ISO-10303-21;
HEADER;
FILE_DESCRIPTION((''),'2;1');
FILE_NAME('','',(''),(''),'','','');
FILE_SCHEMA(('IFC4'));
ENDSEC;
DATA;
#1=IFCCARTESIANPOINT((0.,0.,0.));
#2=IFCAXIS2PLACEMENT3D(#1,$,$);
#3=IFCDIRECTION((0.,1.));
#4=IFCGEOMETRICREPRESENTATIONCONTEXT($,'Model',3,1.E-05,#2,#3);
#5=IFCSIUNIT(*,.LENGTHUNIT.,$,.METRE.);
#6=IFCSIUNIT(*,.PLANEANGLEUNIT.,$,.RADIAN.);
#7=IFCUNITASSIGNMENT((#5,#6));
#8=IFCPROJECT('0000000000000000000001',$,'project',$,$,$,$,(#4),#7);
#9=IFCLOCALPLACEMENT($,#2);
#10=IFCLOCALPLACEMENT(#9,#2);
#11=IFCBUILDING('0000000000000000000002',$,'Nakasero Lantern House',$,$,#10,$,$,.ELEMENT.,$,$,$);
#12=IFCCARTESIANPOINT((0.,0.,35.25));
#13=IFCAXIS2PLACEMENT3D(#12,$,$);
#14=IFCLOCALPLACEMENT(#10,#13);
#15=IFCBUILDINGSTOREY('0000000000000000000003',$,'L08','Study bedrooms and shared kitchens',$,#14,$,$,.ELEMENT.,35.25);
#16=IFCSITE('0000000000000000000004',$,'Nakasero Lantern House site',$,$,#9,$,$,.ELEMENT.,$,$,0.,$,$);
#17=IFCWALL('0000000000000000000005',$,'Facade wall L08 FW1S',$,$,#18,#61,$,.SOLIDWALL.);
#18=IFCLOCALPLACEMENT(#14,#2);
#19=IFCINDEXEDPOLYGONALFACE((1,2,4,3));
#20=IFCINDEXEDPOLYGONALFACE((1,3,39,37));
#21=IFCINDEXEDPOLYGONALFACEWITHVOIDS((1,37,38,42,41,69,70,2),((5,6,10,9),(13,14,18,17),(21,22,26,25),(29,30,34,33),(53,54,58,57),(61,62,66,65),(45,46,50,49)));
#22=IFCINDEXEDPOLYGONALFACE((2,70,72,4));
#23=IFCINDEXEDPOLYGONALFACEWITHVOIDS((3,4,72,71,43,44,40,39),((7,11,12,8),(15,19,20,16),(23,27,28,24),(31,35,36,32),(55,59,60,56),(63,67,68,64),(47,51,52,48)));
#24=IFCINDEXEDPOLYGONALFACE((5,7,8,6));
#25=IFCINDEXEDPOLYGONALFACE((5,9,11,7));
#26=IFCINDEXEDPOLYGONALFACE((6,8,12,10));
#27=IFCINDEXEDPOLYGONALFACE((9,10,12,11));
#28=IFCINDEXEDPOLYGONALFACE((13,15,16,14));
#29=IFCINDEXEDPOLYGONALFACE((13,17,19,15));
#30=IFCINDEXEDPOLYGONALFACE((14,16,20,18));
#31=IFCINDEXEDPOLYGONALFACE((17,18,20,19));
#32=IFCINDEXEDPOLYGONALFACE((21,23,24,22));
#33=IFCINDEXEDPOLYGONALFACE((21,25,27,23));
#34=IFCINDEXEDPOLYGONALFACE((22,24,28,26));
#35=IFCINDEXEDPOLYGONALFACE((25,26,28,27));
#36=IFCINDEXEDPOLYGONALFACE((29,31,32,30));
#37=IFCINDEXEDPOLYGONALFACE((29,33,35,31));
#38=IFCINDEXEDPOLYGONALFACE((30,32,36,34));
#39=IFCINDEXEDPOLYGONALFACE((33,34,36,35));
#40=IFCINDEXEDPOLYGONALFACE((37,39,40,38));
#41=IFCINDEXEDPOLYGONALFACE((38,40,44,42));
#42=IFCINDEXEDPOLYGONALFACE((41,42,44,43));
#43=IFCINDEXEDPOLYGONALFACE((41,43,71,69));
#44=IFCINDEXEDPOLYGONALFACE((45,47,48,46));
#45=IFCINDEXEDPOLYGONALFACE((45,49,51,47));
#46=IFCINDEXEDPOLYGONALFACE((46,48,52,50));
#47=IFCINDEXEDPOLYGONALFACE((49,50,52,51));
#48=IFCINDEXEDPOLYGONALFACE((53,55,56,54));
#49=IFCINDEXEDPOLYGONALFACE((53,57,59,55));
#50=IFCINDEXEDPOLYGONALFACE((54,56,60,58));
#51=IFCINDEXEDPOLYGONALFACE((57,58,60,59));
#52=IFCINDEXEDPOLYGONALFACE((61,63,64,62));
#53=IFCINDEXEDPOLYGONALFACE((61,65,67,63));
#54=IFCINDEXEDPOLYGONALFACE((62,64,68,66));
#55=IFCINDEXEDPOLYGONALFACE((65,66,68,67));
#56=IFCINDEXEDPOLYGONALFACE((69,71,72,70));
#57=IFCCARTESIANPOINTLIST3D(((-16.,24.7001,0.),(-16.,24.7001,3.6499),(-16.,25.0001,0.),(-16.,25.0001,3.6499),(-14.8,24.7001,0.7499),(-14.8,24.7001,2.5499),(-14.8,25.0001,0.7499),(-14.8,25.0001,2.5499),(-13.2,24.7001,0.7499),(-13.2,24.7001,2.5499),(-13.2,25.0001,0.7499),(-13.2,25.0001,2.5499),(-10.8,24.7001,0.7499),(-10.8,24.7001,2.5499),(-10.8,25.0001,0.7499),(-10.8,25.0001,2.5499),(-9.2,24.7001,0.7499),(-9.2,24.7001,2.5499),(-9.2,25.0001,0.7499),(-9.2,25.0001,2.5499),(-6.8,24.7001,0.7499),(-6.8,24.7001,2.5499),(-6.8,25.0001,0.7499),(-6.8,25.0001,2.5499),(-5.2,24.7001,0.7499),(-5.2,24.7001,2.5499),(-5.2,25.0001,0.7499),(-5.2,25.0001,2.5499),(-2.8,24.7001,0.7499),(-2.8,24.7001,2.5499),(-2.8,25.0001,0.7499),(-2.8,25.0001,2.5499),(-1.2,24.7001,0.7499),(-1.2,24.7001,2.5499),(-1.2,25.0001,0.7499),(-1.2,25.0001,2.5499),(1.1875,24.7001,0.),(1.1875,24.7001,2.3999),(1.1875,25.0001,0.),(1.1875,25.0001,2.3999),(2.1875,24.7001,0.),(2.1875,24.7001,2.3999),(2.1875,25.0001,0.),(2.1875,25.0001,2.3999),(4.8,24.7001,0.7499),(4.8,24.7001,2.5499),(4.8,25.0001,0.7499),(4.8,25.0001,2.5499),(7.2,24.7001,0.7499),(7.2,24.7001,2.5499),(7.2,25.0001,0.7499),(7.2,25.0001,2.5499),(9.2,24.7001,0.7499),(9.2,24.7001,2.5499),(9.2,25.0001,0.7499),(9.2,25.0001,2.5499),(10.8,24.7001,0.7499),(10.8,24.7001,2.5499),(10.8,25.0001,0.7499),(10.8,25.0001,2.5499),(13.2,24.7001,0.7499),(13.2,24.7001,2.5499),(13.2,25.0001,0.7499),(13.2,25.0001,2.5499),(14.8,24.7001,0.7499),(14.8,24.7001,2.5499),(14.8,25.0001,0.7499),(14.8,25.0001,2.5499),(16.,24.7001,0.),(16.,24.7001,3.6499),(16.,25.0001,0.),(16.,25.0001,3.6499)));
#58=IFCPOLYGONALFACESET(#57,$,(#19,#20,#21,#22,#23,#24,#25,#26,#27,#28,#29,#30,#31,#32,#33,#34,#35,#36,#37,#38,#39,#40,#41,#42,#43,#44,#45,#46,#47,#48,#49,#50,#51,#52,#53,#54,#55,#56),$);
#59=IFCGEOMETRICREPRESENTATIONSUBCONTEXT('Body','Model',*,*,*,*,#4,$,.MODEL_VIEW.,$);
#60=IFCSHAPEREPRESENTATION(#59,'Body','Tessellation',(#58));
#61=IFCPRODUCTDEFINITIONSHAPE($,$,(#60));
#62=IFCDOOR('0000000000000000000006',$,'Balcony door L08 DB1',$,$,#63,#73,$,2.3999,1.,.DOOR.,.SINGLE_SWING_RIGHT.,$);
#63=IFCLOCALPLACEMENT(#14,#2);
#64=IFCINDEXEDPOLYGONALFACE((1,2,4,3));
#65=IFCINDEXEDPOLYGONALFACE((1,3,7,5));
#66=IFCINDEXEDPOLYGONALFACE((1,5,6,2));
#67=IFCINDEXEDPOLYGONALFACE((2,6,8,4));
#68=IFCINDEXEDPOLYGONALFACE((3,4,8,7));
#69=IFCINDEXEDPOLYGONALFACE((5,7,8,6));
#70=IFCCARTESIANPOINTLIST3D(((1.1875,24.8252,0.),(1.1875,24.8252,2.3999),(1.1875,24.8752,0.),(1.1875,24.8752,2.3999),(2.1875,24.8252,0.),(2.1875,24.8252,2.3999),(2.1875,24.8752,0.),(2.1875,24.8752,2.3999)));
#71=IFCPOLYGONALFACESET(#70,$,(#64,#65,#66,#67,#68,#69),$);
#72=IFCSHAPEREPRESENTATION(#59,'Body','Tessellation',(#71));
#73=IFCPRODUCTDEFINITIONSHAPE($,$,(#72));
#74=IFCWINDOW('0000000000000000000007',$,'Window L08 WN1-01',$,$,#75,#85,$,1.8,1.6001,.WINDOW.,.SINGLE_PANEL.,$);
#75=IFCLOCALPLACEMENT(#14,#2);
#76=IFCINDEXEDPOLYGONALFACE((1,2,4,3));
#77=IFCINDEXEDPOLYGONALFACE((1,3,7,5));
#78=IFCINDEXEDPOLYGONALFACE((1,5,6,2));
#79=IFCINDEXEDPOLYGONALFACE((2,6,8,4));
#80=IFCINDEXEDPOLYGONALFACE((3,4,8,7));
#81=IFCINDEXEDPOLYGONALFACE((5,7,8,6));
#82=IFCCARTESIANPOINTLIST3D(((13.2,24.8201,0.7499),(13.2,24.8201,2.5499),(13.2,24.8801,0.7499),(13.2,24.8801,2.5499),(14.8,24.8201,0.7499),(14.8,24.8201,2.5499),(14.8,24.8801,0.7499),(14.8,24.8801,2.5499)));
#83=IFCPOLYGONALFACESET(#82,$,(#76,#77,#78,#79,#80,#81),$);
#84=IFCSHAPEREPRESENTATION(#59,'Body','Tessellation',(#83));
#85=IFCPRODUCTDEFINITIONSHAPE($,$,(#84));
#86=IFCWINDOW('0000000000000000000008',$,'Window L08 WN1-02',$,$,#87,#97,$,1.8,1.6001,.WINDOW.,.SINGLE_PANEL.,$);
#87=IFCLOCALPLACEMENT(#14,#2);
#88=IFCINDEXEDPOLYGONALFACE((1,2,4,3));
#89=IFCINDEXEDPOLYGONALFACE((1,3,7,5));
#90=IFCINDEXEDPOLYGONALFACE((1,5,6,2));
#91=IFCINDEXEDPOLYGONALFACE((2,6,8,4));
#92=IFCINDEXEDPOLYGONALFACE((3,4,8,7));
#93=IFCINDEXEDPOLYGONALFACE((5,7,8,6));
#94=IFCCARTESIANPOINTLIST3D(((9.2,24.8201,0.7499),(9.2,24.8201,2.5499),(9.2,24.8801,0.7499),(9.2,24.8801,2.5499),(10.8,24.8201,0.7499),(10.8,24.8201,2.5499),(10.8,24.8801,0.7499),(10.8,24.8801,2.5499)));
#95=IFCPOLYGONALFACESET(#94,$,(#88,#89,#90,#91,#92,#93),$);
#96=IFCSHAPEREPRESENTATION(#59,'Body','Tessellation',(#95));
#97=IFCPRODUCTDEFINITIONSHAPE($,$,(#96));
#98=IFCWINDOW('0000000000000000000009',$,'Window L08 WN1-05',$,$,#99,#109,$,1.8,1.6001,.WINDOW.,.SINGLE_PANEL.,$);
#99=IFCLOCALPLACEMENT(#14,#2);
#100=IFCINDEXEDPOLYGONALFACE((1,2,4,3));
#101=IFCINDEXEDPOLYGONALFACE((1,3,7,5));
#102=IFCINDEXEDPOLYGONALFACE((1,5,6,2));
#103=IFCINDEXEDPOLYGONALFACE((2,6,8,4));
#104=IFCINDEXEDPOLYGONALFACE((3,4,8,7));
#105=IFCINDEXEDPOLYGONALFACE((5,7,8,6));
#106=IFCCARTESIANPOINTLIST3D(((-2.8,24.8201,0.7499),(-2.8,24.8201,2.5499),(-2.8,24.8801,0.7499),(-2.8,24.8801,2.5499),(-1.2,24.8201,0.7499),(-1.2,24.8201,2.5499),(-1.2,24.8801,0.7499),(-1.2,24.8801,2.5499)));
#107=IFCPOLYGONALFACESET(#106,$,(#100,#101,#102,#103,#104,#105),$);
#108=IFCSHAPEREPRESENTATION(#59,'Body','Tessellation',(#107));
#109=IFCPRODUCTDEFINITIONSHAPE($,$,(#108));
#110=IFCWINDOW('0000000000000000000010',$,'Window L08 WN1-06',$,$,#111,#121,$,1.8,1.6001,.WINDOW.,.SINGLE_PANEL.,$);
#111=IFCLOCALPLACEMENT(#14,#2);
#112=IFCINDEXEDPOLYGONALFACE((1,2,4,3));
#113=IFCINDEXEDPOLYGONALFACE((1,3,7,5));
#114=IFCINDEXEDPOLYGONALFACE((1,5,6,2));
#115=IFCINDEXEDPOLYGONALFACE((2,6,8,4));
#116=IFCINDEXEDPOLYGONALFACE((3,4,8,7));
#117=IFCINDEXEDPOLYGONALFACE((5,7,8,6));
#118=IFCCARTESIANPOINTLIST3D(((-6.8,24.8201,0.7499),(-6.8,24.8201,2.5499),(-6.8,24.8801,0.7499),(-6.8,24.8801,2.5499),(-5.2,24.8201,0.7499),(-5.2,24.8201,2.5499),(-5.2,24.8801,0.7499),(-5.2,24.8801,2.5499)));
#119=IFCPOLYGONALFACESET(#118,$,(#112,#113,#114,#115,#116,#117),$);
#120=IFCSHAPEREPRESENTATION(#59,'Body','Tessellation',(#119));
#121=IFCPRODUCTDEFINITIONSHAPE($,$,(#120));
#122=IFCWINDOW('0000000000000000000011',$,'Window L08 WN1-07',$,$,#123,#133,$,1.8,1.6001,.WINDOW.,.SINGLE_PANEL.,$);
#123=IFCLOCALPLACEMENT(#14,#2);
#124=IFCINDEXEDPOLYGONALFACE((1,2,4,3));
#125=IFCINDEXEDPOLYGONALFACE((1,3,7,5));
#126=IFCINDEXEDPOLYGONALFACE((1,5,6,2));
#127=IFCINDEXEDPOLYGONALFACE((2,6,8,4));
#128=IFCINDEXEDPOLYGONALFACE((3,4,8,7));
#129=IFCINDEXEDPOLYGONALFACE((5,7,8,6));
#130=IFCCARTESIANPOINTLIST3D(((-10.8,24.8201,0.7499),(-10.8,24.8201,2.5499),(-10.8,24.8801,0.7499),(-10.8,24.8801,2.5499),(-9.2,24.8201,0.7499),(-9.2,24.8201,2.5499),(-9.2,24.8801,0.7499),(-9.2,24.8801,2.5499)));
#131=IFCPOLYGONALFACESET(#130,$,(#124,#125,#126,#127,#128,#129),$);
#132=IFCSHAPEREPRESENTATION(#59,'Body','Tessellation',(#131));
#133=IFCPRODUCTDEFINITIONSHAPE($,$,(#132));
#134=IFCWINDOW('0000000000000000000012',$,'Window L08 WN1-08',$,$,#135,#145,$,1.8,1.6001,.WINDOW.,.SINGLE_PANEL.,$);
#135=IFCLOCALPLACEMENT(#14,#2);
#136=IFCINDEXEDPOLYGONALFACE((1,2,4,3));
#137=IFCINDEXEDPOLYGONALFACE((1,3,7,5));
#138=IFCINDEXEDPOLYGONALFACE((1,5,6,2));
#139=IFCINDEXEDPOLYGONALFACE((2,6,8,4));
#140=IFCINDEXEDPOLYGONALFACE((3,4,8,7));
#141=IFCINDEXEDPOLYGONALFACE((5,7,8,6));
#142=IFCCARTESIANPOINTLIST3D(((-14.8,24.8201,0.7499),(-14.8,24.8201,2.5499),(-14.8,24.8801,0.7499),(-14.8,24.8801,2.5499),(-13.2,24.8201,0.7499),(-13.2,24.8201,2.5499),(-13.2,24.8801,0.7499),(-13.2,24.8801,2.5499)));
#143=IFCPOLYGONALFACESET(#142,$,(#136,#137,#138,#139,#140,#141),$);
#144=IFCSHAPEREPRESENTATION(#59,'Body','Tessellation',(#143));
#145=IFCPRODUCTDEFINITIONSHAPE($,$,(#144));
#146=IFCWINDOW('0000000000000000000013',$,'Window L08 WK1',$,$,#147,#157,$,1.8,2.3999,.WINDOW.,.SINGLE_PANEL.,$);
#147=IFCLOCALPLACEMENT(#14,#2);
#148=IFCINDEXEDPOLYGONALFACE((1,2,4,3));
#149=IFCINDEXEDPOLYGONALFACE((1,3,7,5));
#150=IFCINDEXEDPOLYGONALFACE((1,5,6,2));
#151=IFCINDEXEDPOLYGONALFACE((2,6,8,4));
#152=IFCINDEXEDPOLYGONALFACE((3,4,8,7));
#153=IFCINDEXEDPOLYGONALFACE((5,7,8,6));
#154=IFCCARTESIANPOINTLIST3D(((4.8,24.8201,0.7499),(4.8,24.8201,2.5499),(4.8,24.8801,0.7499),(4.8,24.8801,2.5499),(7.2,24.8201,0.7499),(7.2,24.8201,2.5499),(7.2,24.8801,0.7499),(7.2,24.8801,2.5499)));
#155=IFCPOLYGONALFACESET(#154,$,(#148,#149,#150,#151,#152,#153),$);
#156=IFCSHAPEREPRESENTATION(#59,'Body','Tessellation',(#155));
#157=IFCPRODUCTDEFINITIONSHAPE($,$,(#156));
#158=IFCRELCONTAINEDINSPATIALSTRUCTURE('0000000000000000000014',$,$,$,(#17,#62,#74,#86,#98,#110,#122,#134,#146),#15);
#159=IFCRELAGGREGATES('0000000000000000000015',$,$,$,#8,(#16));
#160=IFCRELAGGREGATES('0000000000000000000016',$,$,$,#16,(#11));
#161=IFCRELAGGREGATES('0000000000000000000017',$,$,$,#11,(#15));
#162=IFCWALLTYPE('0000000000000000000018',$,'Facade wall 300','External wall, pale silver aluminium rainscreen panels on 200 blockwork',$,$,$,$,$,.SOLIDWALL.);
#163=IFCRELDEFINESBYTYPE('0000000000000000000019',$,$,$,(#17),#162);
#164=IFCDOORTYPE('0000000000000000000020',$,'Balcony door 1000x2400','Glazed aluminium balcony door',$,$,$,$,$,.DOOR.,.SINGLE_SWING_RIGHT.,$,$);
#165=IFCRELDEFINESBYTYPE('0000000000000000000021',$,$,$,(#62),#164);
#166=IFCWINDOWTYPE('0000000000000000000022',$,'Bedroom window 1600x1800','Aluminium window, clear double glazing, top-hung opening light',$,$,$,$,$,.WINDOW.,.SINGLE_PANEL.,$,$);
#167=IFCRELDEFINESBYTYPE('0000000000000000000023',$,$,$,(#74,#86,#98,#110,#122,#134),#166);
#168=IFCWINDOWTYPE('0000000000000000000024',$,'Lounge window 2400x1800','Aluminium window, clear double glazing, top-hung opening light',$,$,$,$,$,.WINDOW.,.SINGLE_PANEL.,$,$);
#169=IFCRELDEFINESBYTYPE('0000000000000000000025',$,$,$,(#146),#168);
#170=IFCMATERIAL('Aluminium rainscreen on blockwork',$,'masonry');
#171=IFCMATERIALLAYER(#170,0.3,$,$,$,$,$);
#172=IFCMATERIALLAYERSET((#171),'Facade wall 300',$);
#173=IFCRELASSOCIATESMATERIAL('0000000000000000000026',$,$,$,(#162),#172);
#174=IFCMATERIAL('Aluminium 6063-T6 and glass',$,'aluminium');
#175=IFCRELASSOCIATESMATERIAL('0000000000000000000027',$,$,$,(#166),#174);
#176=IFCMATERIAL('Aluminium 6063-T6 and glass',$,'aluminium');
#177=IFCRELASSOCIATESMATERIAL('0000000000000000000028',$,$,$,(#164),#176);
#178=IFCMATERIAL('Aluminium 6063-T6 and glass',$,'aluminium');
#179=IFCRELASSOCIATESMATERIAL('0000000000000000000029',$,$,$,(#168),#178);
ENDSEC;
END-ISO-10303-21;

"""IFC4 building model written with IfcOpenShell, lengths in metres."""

from ifc_helpers import new_model, si_unit, direction, frame, frame_2d, origin, place, context, subcontext, project, spatial, rectangle, extrude, material, layer, layer_set, type_object, element, fill, save


model = new_model("IFC4")

# Units and contexts
model_context = context("Model", 3, precision=1e-05, world=origin(), true_north=direction((0.0, 1.0)))
body_context = subcontext(model_context, "Body", "Model", "MODEL_VIEW")
ifc_project = project(units=[si_unit("LENGTHUNIT", "METRE"), si_unit("PLANEANGLEUNIT", "RADIAN")], contexts=[model_context])

# Site, building, storey
site_placement = place(None, origin())
site = spatial("IfcSite", under=ifc_project, at=site_placement, Name="Nakasero Lantern House site", CompositionType="ELEMENT", RefElevation=0.0)
building_placement = place(site_placement, origin())
building = spatial("IfcBuilding", under=site, at=building_placement, Name="Nakasero Lantern House", CompositionType="ELEMENT")
storey_placement = place(building_placement, frame((0.0, 0.0, 35.25)))
storey = spatial("IfcBuildingStorey", under=building, at=storey_placement, Name="L08", Description="Study bedrooms and shared kitchens", CompositionType="ELEMENT", Elevation=35.25)

# Shared definitions
ifc_material_1 = material(Name="Aluminium rainscreen on blockwork", Category="masonry")
ifc_layer_1 = layer(ifc_material_1, 0.3)
ifc_layer_set_1 = layer_set([ifc_layer_1], Name="Facade wall 300")
wall_type_1 = type_object("IfcWallType", Name="Facade wall 300", Description="External wall, pale silver aluminium rainscreen panels on 200 blockwork", PredefinedType="SOLIDWALL", material=ifc_layer_set_1)
ifc_material_2 = material(Name="Aluminium 6063-T6 and glass", Category="aluminium")
window_type_1 = type_object("IfcWindowType", Name="Bedroom window 1600x1800", Description="Aluminium window, clear double glazing, top-hung opening light", PartitioningType="SINGLE_PANEL", PredefinedType="WINDOW", material=ifc_material_2)

# Wall, openings, door, windows
wall_1_placement = place(storey_placement, frame((16.0, 24.8501, 0.0), z_axis=(0.0, 0.0, 1.0), x_axis=(-1.0, 0.0, 0.0)))
wall_1 = element("IfcWall", 1, at=wall_1_placement, inside=storey, type_object=wall_type_1, Name="Facade wall L08 FW1S", PredefinedType="SOLIDWALL", context=body_context, shape_type="SweptSolid", body=[
    extrude(rectangle(XDim=32.0, YDim=0.3, at=frame_2d((16.0, 0.0))), origin(), (0.0, 0.0, 1.0), 3.6499),
])
opening_1_placement = place(wall_1_placement, frame((1.2, 0.0, 0.75)))
opening_1 = element("IfcOpeningElement", 2, at=opening_1_placement, cuts=wall_1, PredefinedType="OPENING", context=body_context, shape_type="SweptSolid", body=[
    extrude(rectangle(XDim=1.6001, YDim=1.8, at=frame_2d((0.8, 0.8999))), frame((0.0, 0.1699, 0.0), z_axis=(0.0, -1.0, 0.0), x_axis=(1.0, 0.0, 0.0)), (0.0, 0.0, 1.0), 0.3401),
])
opening_2_placement = place(wall_1_placement, frame((5.2, 0.0, 0.75)))
opening_2 = element("IfcOpeningElement", 3, at=opening_2_placement, cuts=wall_1, PredefinedType="OPENING", context=body_context, shape_type="SweptSolid", body=[
    extrude(rectangle(XDim=1.6001, YDim=1.8, at=frame_2d((0.8, 0.8999))), frame((0.0, 0.1699, 0.0), z_axis=(0.0, -1.0, 0.0), x_axis=(1.0, 0.0, 0.0)), (0.0, 0.0, 1.0), 0.3401),
])
opening_3_placement = place(wall_1_placement, frame((17.2, 0.0, 0.75)))
opening_3 = element("IfcOpeningElement", 4, at=opening_3_placement, cuts=wall_1, PredefinedType="OPENING", context=body_context, shape_type="SweptSolid", body=[
    extrude(rectangle(XDim=1.6001, YDim=1.8, at=frame_2d((0.8, 0.8999))), frame((0.0, 0.1699, 0.0), z_axis=(0.0, -1.0, 0.0), x_axis=(1.0, 0.0, 0.0)), (0.0, 0.0, 1.0), 0.3401),
])
opening_4_placement = place(wall_1_placement, frame((21.2, 0.0, 0.75)))
opening_4 = element("IfcOpeningElement", 5, at=opening_4_placement, cuts=wall_1, PredefinedType="OPENING", context=body_context, shape_type="SweptSolid", body=[
    extrude(rectangle(XDim=1.6001, YDim=1.8, at=frame_2d((0.8, 0.8999))), frame((0.0, 0.1699, 0.0), z_axis=(0.0, -1.0, 0.0), x_axis=(1.0, 0.0, 0.0)), (0.0, 0.0, 1.0), 0.3401),
])
opening_5_placement = place(wall_1_placement, frame((25.2, 0.0, 0.75)))
opening_5 = element("IfcOpeningElement", 6, at=opening_5_placement, cuts=wall_1, PredefinedType="OPENING", context=body_context, shape_type="SweptSolid", body=[
    extrude(rectangle(XDim=1.6001, YDim=1.8, at=frame_2d((0.8, 0.8999))), frame((0.0, 0.1699, 0.0), z_axis=(0.0, -1.0, 0.0), x_axis=(1.0, 0.0, 0.0)), (0.0, 0.0, 1.0), 0.3401),
])
opening_6_placement = place(wall_1_placement, frame((29.2, 0.0, 0.75)))
opening_6 = element("IfcOpeningElement", 7, at=opening_6_placement, cuts=wall_1, PredefinedType="OPENING", context=body_context, shape_type="SweptSolid", body=[
    extrude(rectangle(XDim=1.6001, YDim=1.8, at=frame_2d((0.8, 0.8999))), frame((0.0, 0.1699, 0.0), z_axis=(0.0, -1.0, 0.0), x_axis=(1.0, 0.0, 0.0)), (0.0, 0.0, 1.0), 0.3401),
])
opening_7_placement = place(wall_1_placement, frame((8.8, 0.0, 0.75)))
opening_7 = element("IfcOpeningElement", 8, at=opening_7_placement, cuts=wall_1, PredefinedType="OPENING", context=body_context, shape_type="SweptSolid", body=[
    extrude(rectangle(XDim=2.3999, YDim=1.8, at=frame_2d((1.2, 0.8999))), frame((0.0, 0.1699, 0.0), z_axis=(0.0, -1.0, 0.0), x_axis=(1.0, 0.0, 0.0)), (0.0, 0.0, 1.0), 0.3401),
])
opening_8_placement = place(wall_1_placement, frame((13.8125, 0.0, 0.0)))
opening_8 = element("IfcOpeningElement", 9, at=opening_8_placement, cuts=wall_1, PredefinedType="OPENING", context=body_context, shape_type="SweptSolid", body=[
    extrude(rectangle(XDim=1.0, YDim=2.3999, at=frame_2d((0.5, 1.2))), frame((0.0, 0.1699, 0.0), z_axis=(0.0, -1.0, 0.0), x_axis=(1.0, 0.0, 0.0)), (0.0, 0.0, 1.0), 0.3401),
])
ifc_material_3 = material(Name="Aluminium 6063-T6 and glass", Category="aluminium")
door_type_1 = type_object("IfcDoorType", Name="Balcony door 1000x2400", Description="Glazed aluminium balcony door", OperationType="SINGLE_SWING_RIGHT", PredefinedType="DOOR", material=ifc_material_3)
door_1_placement = place(opening_8_placement, origin())
door_1 = element("IfcDoor", 10, at=door_1_placement, inside=storey, type_object=door_type_1, Name="Balcony door L08 DB1", OperationType="SINGLE_SWING_RIGHT", OverallHeight=2.3999, OverallWidth=1.0, PredefinedType="DOOR", context=body_context, shape_type="SweptSolid", body=[
    extrude(rectangle(XDim=1.0, YDim=2.3999, at=frame_2d((0.5, 1.2))), frame((0.0, 0.0249, 0.0), z_axis=(0.0, -1.0, 0.0), x_axis=(1.0, 0.0, 0.0)), (0.0, 0.0, 1.0), 0.05),
])
fill(opening_8, door_1)
window_1_placement = place(opening_1_placement, origin())
window_1 = element("IfcWindow", 11, at=window_1_placement, inside=storey, type_object=window_type_1, Name="Window L08 WN1-01", OverallHeight=1.8, OverallWidth=1.6001, PartitioningType="SINGLE_PANEL", PredefinedType="WINDOW", context=body_context, shape_type="SweptSolid", body=[
    extrude(rectangle(XDim=1.6001, YDim=1.8, at=frame_2d((0.8, 0.8999))), frame((0.0, 0.03, 0.0), z_axis=(0.0, -1.0, 0.0), x_axis=(1.0, 0.0, 0.0)), (0.0, 0.0, 1.0), 0.0601),
])
fill(opening_1, window_1)
window_2_placement = place(opening_2_placement, origin())
window_2 = element("IfcWindow", 12, at=window_2_placement, inside=storey, type_object=window_type_1, Name="Window L08 WN1-02", OverallHeight=1.8, OverallWidth=1.6001, PartitioningType="SINGLE_PANEL", PredefinedType="WINDOW", context=body_context, shape_type="SweptSolid", body=[
    extrude(rectangle(XDim=1.6001, YDim=1.8, at=frame_2d((0.8, 0.8999))), frame((0.0, 0.03, 0.0), z_axis=(0.0, -1.0, 0.0), x_axis=(1.0, 0.0, 0.0)), (0.0, 0.0, 1.0), 0.0601),
])
fill(opening_2, window_2)
window_3_placement = place(opening_3_placement, origin())
window_3 = element("IfcWindow", 13, at=window_3_placement, inside=storey, type_object=window_type_1, Name="Window L08 WN1-05", OverallHeight=1.8, OverallWidth=1.6001, PartitioningType="SINGLE_PANEL", PredefinedType="WINDOW", context=body_context, shape_type="SweptSolid", body=[
    extrude(rectangle(XDim=1.6001, YDim=1.8, at=frame_2d((0.8, 0.8999))), frame((0.0, 0.03, 0.0), z_axis=(0.0, -1.0, 0.0), x_axis=(1.0, 0.0, 0.0)), (0.0, 0.0, 1.0), 0.0601),
])
fill(opening_3, window_3)
window_4_placement = place(opening_4_placement, origin())
window_4 = element("IfcWindow", 14, at=window_4_placement, inside=storey, type_object=window_type_1, Name="Window L08 WN1-06", OverallHeight=1.8, OverallWidth=1.6001, PartitioningType="SINGLE_PANEL", PredefinedType="WINDOW", context=body_context, shape_type="SweptSolid", body=[
    extrude(rectangle(XDim=1.6001, YDim=1.8, at=frame_2d((0.8, 0.8999))), frame((0.0, 0.03, 0.0), z_axis=(0.0, -1.0, 0.0), x_axis=(1.0, 0.0, 0.0)), (0.0, 0.0, 1.0), 0.0601),
])
fill(opening_4, window_4)
window_5_placement = place(opening_5_placement, origin())
window_5 = element("IfcWindow", 15, at=window_5_placement, inside=storey, type_object=window_type_1, Name="Window L08 WN1-07", OverallHeight=1.8, OverallWidth=1.6001, PartitioningType="SINGLE_PANEL", PredefinedType="WINDOW", context=body_context, shape_type="SweptSolid", body=[
    extrude(rectangle(XDim=1.6001, YDim=1.8, at=frame_2d((0.8, 0.8999))), frame((0.0, 0.03, 0.0), z_axis=(0.0, -1.0, 0.0), x_axis=(1.0, 0.0, 0.0)), (0.0, 0.0, 1.0), 0.0601),
])
fill(opening_5, window_5)
window_6_placement = place(opening_6_placement, origin())
window_6 = element("IfcWindow", 16, at=window_6_placement, inside=storey, type_object=window_type_1, Name="Window L08 WN1-08", OverallHeight=1.8, OverallWidth=1.6001, PartitioningType="SINGLE_PANEL", PredefinedType="WINDOW", context=body_context, shape_type="SweptSolid", body=[
    extrude(rectangle(XDim=1.6001, YDim=1.8, at=frame_2d((0.8, 0.8999))), frame((0.0, 0.03, 0.0), z_axis=(0.0, -1.0, 0.0), x_axis=(1.0, 0.0, 0.0)), (0.0, 0.0, 1.0), 0.0601),
])
fill(opening_6, window_6)
ifc_material_4 = material(Name="Aluminium 6063-T6 and glass", Category="aluminium")
window_type_2 = type_object("IfcWindowType", Name="Lounge window 2400x1800", Description="Aluminium window, clear double glazing, top-hung opening light", PartitioningType="SINGLE_PANEL", PredefinedType="WINDOW", material=ifc_material_4)
window_7_placement = place(opening_7_placement, origin())
window_7 = element("IfcWindow", 17, at=window_7_placement, inside=storey, type_object=window_type_2, Name="Window L08 WK1", OverallHeight=1.8, OverallWidth=2.3999, PartitioningType="SINGLE_PANEL", PredefinedType="WINDOW", context=body_context, shape_type="SweptSolid", body=[
    extrude(rectangle(XDim=2.3999, YDim=1.8, at=frame_2d((1.2, 0.8999))), frame((0.0, 0.03, 0.0), z_axis=(0.0, -1.0, 0.0), x_axis=(1.0, 0.0, 0.0)), (0.0, 0.0, 1.0), 0.0601),
])
fill(opening_7, window_7)

save(model, "model.ifc")
